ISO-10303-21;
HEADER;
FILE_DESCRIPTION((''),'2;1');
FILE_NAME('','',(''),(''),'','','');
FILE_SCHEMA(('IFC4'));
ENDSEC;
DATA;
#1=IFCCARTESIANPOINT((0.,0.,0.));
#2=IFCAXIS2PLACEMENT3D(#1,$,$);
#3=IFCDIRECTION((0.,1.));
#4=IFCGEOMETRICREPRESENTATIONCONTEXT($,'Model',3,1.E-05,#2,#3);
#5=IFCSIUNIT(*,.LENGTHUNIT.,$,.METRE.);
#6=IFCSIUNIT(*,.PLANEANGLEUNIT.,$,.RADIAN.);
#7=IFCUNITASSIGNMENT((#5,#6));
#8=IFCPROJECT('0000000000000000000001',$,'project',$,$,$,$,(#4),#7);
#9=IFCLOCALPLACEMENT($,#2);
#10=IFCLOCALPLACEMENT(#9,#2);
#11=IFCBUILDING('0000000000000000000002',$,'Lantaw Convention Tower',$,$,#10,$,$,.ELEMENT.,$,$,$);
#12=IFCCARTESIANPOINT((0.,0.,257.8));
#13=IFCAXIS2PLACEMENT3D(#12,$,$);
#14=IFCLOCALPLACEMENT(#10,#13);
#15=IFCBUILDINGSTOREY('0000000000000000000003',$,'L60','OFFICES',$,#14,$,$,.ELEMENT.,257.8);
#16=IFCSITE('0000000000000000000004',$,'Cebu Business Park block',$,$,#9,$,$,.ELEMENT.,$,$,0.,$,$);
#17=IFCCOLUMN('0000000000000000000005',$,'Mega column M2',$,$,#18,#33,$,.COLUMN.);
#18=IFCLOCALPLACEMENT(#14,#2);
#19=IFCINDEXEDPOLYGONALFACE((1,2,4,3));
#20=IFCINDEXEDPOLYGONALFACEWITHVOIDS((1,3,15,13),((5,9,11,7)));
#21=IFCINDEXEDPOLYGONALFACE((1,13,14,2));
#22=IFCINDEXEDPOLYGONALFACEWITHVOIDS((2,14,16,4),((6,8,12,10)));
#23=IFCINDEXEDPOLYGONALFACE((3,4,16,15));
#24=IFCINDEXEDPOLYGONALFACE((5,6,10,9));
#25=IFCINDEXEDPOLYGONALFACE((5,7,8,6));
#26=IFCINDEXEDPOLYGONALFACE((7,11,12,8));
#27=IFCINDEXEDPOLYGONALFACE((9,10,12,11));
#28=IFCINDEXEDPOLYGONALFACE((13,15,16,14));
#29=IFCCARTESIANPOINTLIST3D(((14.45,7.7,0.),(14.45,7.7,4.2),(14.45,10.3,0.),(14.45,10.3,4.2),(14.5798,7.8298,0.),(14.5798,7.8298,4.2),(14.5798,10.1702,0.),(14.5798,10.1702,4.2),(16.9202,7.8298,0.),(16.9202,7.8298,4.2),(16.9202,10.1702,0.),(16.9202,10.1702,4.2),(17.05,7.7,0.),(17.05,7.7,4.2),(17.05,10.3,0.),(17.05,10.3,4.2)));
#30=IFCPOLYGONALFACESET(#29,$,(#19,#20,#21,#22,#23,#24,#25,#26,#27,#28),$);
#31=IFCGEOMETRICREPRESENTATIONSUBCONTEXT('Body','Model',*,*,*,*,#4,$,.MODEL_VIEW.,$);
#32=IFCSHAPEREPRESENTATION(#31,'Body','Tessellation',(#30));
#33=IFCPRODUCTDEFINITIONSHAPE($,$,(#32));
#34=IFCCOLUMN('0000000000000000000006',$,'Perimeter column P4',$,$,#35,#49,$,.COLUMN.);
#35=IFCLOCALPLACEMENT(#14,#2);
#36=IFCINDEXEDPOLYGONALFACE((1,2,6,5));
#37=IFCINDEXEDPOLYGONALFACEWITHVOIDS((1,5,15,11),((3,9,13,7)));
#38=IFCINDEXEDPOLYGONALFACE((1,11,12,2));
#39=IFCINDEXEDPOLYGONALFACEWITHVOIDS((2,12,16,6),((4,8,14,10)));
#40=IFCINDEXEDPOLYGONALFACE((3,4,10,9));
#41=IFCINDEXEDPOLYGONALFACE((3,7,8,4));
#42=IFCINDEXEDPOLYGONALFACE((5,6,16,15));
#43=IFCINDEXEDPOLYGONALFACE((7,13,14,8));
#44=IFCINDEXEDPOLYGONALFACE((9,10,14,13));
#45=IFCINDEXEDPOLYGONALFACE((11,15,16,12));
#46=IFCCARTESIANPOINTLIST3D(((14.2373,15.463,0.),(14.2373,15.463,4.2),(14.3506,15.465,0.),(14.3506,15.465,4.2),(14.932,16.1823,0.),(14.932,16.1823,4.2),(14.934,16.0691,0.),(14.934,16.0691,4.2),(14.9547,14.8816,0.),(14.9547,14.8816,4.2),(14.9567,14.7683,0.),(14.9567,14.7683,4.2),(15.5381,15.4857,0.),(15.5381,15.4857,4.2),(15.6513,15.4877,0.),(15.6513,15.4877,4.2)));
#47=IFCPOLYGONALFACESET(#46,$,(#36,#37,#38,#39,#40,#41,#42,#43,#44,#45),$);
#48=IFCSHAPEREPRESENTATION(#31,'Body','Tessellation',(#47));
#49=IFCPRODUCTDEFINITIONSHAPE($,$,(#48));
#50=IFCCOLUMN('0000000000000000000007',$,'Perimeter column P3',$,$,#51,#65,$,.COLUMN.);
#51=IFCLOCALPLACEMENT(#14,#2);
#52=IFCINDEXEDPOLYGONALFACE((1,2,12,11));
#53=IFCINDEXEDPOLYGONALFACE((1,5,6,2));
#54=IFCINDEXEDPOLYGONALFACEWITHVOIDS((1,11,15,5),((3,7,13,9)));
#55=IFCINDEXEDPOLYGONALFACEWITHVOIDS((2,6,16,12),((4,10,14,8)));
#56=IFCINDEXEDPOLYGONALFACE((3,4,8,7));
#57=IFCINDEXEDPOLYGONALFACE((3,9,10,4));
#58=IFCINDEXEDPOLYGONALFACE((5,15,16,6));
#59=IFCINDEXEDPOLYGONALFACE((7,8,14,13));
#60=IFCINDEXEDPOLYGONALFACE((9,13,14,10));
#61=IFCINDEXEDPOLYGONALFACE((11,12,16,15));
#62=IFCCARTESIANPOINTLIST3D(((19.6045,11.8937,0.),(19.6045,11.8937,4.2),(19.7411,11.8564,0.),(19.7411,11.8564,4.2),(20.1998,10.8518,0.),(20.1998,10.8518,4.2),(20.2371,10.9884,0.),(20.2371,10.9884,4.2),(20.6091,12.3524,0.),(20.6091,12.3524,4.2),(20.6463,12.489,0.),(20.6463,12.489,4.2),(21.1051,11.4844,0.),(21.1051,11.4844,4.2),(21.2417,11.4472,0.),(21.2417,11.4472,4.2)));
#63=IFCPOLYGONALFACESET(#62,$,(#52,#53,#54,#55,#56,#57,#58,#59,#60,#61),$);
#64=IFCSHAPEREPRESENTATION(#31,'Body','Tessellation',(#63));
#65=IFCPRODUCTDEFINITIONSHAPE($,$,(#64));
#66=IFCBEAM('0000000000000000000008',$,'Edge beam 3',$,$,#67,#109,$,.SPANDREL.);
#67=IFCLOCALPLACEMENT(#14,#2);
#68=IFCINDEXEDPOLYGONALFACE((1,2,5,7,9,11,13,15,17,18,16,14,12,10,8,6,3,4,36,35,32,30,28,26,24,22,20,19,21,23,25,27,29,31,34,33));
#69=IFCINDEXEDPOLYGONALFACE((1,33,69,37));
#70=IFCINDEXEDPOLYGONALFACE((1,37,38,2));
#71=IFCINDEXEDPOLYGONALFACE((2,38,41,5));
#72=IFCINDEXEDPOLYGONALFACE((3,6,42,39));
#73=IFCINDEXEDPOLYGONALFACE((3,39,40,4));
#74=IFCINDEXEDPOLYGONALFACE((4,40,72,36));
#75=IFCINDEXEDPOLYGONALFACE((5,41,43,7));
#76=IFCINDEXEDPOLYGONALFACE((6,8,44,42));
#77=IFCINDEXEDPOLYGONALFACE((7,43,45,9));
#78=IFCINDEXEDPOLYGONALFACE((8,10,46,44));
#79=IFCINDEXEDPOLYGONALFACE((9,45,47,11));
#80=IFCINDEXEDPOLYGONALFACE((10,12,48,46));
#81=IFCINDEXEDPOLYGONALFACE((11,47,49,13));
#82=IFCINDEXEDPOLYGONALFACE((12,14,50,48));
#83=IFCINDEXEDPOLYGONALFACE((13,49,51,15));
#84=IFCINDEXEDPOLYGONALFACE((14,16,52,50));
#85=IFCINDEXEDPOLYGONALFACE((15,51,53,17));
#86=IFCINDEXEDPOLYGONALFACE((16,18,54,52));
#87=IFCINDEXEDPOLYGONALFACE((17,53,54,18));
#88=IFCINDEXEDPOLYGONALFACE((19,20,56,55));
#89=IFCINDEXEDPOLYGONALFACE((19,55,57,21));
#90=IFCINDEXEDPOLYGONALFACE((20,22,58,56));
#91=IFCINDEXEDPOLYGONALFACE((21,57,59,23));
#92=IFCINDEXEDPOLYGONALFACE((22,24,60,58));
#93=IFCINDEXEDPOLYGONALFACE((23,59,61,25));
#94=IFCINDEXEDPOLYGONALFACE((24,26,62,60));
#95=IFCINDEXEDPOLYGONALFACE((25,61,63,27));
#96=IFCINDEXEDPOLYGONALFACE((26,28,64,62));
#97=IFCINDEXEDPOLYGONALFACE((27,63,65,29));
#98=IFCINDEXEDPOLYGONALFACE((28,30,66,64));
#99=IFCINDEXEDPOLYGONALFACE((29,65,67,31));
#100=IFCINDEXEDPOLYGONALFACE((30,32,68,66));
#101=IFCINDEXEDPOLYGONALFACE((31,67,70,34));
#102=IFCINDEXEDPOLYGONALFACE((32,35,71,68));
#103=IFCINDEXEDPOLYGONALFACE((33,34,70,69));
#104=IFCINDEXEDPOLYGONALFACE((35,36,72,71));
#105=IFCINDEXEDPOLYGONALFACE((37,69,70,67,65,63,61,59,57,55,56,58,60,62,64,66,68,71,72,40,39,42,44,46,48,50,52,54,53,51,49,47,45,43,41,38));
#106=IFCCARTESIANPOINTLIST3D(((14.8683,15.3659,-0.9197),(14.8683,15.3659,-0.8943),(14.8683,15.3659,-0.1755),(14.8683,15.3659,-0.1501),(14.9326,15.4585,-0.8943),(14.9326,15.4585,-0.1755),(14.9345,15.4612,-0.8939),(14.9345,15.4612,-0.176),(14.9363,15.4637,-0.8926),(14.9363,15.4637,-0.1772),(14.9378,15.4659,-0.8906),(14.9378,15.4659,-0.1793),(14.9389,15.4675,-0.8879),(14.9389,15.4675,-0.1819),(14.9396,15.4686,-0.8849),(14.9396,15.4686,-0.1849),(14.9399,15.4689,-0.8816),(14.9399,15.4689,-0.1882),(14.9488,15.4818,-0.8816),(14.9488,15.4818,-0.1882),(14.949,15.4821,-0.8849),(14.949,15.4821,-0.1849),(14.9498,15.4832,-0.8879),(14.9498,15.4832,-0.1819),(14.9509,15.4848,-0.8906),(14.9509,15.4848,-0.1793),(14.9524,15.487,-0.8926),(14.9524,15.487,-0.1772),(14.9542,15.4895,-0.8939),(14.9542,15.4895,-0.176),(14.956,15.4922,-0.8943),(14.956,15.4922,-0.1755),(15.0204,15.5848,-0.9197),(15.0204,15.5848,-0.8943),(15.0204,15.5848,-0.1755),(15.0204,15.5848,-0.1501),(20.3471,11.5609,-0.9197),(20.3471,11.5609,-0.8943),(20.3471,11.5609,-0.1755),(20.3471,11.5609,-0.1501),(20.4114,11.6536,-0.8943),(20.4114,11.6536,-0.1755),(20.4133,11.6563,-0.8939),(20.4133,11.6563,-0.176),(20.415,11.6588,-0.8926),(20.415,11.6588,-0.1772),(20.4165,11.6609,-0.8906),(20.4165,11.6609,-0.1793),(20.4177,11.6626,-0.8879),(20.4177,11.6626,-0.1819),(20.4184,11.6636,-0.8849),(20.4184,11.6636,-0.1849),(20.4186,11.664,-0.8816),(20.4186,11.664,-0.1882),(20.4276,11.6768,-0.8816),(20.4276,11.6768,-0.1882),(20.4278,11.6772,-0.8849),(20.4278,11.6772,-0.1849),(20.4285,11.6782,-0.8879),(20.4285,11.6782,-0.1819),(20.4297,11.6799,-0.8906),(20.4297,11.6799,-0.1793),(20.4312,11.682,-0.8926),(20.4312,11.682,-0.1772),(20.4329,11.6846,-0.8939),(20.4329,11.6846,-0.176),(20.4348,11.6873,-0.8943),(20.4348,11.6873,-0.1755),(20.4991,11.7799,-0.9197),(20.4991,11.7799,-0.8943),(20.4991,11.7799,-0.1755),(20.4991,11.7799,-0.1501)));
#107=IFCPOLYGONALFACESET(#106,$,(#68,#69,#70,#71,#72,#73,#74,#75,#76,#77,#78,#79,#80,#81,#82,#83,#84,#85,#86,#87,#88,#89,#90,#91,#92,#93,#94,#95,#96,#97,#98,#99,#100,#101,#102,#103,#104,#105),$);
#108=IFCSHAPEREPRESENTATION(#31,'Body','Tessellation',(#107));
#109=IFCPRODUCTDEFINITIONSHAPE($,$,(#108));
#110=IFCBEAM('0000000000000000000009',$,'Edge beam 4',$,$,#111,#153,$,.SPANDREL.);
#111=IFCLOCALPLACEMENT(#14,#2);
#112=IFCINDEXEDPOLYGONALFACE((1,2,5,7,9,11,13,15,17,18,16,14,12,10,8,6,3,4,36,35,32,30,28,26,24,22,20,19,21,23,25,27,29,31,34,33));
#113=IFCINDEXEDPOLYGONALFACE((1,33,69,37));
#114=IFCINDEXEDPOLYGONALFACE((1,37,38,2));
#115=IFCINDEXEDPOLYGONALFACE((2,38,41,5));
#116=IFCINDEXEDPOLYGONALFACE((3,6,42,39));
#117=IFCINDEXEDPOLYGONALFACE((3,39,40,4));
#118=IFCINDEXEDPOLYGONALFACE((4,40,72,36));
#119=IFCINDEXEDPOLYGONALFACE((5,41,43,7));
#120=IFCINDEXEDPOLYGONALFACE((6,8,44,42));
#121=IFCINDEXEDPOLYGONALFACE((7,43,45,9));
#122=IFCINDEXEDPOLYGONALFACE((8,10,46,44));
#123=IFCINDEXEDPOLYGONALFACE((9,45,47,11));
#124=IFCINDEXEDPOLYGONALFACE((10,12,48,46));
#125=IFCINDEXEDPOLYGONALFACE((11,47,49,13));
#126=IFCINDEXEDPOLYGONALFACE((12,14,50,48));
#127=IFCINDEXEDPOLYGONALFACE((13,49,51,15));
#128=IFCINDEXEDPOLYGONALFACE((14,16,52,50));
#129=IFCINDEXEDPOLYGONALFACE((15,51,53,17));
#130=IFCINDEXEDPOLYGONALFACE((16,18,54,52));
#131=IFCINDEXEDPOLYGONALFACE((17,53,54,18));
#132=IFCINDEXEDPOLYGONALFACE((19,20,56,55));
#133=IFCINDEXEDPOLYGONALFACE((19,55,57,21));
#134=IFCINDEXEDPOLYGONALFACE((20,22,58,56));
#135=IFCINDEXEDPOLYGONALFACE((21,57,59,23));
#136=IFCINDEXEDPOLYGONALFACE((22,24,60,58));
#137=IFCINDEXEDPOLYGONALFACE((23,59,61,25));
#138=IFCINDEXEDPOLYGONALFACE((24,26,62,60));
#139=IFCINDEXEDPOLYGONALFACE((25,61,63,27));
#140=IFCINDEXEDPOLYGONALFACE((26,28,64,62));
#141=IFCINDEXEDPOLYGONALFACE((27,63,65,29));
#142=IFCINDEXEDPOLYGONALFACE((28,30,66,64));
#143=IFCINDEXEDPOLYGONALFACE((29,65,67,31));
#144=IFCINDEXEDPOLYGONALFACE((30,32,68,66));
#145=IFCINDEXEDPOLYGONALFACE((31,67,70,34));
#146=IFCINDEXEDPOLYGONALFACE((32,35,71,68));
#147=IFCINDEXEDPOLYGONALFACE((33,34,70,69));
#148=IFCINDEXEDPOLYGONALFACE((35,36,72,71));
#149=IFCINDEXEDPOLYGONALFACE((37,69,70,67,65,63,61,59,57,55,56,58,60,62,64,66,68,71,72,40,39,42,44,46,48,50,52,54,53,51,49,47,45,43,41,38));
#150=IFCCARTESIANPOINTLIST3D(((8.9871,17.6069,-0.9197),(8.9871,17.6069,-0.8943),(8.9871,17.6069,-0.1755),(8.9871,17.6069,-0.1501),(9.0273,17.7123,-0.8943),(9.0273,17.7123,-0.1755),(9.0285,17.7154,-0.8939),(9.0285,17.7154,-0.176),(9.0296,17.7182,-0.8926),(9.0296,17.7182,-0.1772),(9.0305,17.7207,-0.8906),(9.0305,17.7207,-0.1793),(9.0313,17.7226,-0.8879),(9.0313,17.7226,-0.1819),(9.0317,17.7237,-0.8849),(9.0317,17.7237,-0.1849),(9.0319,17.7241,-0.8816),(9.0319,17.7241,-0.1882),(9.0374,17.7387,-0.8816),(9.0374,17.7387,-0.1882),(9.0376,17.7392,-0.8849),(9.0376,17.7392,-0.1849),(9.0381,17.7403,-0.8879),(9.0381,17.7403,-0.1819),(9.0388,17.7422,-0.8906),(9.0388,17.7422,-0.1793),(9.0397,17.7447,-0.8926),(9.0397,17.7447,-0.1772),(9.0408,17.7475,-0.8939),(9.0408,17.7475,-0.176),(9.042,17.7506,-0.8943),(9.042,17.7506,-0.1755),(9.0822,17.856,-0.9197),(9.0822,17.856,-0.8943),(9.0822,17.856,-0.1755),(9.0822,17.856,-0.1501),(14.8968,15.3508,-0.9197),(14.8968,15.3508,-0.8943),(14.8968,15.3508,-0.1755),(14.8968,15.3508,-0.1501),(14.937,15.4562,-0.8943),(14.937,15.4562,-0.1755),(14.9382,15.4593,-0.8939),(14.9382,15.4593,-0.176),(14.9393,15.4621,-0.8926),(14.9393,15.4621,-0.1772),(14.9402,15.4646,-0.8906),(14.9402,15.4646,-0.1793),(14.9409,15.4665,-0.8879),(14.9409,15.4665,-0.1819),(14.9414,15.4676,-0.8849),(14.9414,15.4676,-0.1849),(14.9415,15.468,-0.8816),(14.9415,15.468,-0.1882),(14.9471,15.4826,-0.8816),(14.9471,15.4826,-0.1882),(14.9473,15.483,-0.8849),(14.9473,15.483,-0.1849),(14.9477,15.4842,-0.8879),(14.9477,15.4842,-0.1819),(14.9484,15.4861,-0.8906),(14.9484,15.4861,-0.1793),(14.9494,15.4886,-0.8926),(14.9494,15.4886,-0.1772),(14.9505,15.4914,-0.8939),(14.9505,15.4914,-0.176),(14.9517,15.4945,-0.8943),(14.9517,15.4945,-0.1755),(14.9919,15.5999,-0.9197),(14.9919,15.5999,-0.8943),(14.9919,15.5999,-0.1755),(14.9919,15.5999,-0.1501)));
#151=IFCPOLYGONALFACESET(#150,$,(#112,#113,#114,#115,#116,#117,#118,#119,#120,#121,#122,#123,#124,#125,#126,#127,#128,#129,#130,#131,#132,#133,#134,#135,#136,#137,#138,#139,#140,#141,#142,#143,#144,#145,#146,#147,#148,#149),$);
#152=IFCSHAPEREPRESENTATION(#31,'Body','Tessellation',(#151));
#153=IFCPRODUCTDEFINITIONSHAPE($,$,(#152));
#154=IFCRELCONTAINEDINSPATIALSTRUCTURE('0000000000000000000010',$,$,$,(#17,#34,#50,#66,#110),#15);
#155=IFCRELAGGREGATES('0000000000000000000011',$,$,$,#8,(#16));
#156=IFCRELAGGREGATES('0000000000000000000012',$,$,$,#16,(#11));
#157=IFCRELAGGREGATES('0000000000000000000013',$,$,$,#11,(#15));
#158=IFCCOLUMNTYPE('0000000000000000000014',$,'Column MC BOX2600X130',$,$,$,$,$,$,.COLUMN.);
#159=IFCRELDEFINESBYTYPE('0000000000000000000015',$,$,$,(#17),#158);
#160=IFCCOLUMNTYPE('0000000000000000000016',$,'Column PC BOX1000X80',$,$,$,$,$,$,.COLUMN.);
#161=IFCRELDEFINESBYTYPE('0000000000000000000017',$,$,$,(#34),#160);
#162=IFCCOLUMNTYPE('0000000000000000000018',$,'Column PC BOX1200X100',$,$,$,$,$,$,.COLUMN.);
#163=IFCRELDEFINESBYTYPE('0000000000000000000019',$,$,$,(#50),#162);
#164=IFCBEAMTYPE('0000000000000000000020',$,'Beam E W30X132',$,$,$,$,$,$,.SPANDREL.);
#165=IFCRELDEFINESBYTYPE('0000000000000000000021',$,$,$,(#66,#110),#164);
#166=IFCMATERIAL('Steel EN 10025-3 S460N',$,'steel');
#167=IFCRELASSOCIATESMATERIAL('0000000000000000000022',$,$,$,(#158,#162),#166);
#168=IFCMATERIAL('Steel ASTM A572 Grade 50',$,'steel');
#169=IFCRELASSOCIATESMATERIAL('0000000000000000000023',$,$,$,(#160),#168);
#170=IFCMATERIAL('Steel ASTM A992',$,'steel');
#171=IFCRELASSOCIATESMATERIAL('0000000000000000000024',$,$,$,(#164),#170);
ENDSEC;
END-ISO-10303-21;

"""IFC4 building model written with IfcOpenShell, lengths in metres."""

from ifc_helpers import new_model, si_unit, direction, frame, origin, origin_2d, place, context, subcontext, project, spatial, rectangle, hollow_rectangle, i_section, extrude, material, material_profile, profile_set, type_object, element, save


model = new_model("IFC4")

# Units and contexts
model_context = context("Model", 3, precision=1e-05, world=origin(), true_north=direction((0.0, 1.0)))
body_context = subcontext(model_context, "Body", "Model", "MODEL_VIEW")
ifc_project = project(units=[si_unit("LENGTHUNIT", "METRE"), si_unit("PLANEANGLEUNIT", "RADIAN")], contexts=[model_context])

# Site, building, storey
site_placement = place(None, origin())
site = spatial("IfcSite", under=ifc_project, at=site_placement, Name="Cebu Business Park block", CompositionType="ELEMENT", RefElevation=0.0)
building_placement = place(site_placement, origin())
building = spatial("IfcBuilding", under=site, at=building_placement, Name="Lantaw Convention Tower", CompositionType="ELEMENT")
storey_placement = place(building_placement, frame((0.0, 0.0, 257.8)))
storey = spatial("IfcBuildingStorey", under=building, at=storey_placement, Name="L60", Description="OFFICES", CompositionType="ELEMENT", Elevation=257.8)

# Columns
ifc_material_1 = material(Name="Steel EN 10025-3 S460N", Category="steel")
ifc_material_profile_1 = material_profile(ifc_material_1, hollow_rectangle(XDim=2.6001, YDim=2.6001, WallThickness=0.1299, at=origin_2d()), Name="BOX2600X130")
ifc_material_2 = material(Name="Concrete C60/75", Category="concrete")
ifc_material_profile_2 = material_profile(ifc_material_2, rectangle(XDim=2.3401, YDim=2.3401, at=origin_2d()), Name="Concrete fill of BOX2600X130")
ifc_profile_set_1 = profile_set([ifc_material_profile_1, ifc_material_profile_2], Name="Steel EN 10025-3 S460N")
column_type_1 = type_object("IfcColumnType", Name="Column MC BOX2600X130", PredefinedType="COLUMN", material=ifc_profile_set_1)
column_1_placement = place(storey_placement, frame((15.75, 9.0, 0.0), z_axis=(0.0, 0.0, 1.0), x_axis=(1.0, 0.0, 0.0)))
element("IfcColumn", 1, at=column_1_placement, inside=storey, type_object=column_type_1, Name="Mega column M2", PredefinedType="COLUMN", context=body_context, shape_type="SweptSolid", body=[
    extrude(hollow_rectangle(XDim=2.6001, YDim=2.6001, WallThickness=0.1299, at=origin_2d()), origin(), (0.0, 0.0, 1.0), 4.2),
])
ifc_material_3 = material(Name="Steel ASTM A572 Grade 50", Category="steel")
ifc_material_profile_3 = material_profile(ifc_material_3, hollow_rectangle(XDim=1.0, YDim=1.0, WallThickness=0.0801, at=origin_2d()), Name="BOX1000X80")
ifc_material_profile_4 = material_profile(ifc_material_2, rectangle(XDim=0.8401, YDim=0.8401, at=origin_2d()), Name="Concrete fill of BOX1000X80")
ifc_profile_set_2 = profile_set([ifc_material_profile_3, ifc_material_profile_4], Name="Steel ASTM A572 Grade 50")
column_type_2 = type_object("IfcColumnType", Name="Column PC BOX1000X80", PredefinedType="COLUMN", material=ifc_profile_set_2)
column_2_placement = place(storey_placement, frame((14.9443, 15.4753, 0.0), z_axis=(0.0, 0.0, 1.0), x_axis=(0.694658, 0.71934, 0.0)))
element("IfcColumn", 2, at=column_2_placement, inside=storey, type_object=column_type_2, Name="Perimeter column P4", PredefinedType="COLUMN", context=body_context, shape_type="SweptSolid", body=[
    extrude(hollow_rectangle(XDim=1.0, YDim=1.0, WallThickness=0.0801, at=origin_2d()), origin(), (0.0, 0.0, 1.0), 4.2),
])
ifc_material_profile_5 = material_profile(ifc_material_1, hollow_rectangle(XDim=1.2, YDim=1.2, WallThickness=0.1001, at=origin_2d()), Name="BOX1200X100")
ifc_material_profile_6 = material_profile(ifc_material_2, rectangle(XDim=1.0, YDim=1.0, at=origin_2d()), Name="Concrete fill of BOX1200X100")
ifc_profile_set_3 = profile_set([ifc_material_profile_5, ifc_material_profile_6], Name="Steel EN 10025-3 S460N")
column_type_3 = type_object("IfcColumnType", Name="Column PC BOX1200X100", PredefinedType="COLUMN", material=ifc_profile_set_3)
column_3_placement = place(storey_placement, frame((20.4231, 11.6704, 0.0), z_axis=(0.0, 0.0, 1.0), x_axis=(0.868243, 0.496139, 0.0)))
element("IfcColumn", 3, at=column_3_placement, inside=storey, type_object=column_type_3, Name="Perimeter column P3", PredefinedType="COLUMN", context=body_context, shape_type="SweptSolid", body=[
    extrude(hollow_rectangle(XDim=1.2, YDim=1.2, WallThickness=0.1001, at=origin_2d()), origin(), (0.0, 0.0, 1.0), 4.2),
])

# Beams
ifc_material_4 = material(Name="Steel ASTM A992", Category="steel")
ifc_material_profile_7 = material_profile(ifc_material_4, i_section(OverallWidth=0.2666, OverallDepth=0.7695, WebThickness=0.0156, FlangeThickness=0.0254, FilletRadius=0.0127, at=origin_2d()), Name="W30X132")
ifc_profile_set_4 = profile_set([ifc_material_profile_7], Name="Steel ASTM A992")
beam_type_1 = type_object("IfcBeamType", Name="Beam E W30X132", PredefinedType="SPANDREL", material=ifc_profile_set_4)
beam_1_placement = place(storey_placement, frame((20.4231, 11.6704, -0.5349), z_axis=(-0.821353, 0.57042, 0.0), x_axis=(-0.57042, -0.821353, 0.0)))
element("IfcBeam", 4, at=beam_1_placement, inside=storey, type_object=beam_type_1, Name="Edge beam 3", PredefinedType="SPANDREL", context=body_context, shape_type="SweptSolid", body=[
    extrude(i_section(OverallWidth=0.2666, OverallDepth=0.7695, WebThickness=0.0156, FlangeThickness=0.0254, FilletRadius=0.0127, at=origin_2d()), origin(), (0.0, 0.0, 1.0), 6.6704),
])
beam_2_placement = place(storey_placement, frame((14.9443, 15.4753, -0.5349), z_axis=(-0.934235, 0.356658, 0.0), x_axis=(-0.356658, -0.934235, 0.0)))
element("IfcBeam", 5, at=beam_2_placement, inside=storey, type_object=beam_type_1, Name="Edge beam 4", PredefinedType="SPANDREL", context=body_context, shape_type="SweptSolid", body=[
    extrude(i_section(OverallWidth=0.2666, OverallDepth=0.7695, WebThickness=0.0156, FlangeThickness=0.0254, FilletRadius=0.0127, at=origin_2d()), origin(), (0.0, 0.0, 1.0), 6.3257),
])

save(model, "model.ifc")
